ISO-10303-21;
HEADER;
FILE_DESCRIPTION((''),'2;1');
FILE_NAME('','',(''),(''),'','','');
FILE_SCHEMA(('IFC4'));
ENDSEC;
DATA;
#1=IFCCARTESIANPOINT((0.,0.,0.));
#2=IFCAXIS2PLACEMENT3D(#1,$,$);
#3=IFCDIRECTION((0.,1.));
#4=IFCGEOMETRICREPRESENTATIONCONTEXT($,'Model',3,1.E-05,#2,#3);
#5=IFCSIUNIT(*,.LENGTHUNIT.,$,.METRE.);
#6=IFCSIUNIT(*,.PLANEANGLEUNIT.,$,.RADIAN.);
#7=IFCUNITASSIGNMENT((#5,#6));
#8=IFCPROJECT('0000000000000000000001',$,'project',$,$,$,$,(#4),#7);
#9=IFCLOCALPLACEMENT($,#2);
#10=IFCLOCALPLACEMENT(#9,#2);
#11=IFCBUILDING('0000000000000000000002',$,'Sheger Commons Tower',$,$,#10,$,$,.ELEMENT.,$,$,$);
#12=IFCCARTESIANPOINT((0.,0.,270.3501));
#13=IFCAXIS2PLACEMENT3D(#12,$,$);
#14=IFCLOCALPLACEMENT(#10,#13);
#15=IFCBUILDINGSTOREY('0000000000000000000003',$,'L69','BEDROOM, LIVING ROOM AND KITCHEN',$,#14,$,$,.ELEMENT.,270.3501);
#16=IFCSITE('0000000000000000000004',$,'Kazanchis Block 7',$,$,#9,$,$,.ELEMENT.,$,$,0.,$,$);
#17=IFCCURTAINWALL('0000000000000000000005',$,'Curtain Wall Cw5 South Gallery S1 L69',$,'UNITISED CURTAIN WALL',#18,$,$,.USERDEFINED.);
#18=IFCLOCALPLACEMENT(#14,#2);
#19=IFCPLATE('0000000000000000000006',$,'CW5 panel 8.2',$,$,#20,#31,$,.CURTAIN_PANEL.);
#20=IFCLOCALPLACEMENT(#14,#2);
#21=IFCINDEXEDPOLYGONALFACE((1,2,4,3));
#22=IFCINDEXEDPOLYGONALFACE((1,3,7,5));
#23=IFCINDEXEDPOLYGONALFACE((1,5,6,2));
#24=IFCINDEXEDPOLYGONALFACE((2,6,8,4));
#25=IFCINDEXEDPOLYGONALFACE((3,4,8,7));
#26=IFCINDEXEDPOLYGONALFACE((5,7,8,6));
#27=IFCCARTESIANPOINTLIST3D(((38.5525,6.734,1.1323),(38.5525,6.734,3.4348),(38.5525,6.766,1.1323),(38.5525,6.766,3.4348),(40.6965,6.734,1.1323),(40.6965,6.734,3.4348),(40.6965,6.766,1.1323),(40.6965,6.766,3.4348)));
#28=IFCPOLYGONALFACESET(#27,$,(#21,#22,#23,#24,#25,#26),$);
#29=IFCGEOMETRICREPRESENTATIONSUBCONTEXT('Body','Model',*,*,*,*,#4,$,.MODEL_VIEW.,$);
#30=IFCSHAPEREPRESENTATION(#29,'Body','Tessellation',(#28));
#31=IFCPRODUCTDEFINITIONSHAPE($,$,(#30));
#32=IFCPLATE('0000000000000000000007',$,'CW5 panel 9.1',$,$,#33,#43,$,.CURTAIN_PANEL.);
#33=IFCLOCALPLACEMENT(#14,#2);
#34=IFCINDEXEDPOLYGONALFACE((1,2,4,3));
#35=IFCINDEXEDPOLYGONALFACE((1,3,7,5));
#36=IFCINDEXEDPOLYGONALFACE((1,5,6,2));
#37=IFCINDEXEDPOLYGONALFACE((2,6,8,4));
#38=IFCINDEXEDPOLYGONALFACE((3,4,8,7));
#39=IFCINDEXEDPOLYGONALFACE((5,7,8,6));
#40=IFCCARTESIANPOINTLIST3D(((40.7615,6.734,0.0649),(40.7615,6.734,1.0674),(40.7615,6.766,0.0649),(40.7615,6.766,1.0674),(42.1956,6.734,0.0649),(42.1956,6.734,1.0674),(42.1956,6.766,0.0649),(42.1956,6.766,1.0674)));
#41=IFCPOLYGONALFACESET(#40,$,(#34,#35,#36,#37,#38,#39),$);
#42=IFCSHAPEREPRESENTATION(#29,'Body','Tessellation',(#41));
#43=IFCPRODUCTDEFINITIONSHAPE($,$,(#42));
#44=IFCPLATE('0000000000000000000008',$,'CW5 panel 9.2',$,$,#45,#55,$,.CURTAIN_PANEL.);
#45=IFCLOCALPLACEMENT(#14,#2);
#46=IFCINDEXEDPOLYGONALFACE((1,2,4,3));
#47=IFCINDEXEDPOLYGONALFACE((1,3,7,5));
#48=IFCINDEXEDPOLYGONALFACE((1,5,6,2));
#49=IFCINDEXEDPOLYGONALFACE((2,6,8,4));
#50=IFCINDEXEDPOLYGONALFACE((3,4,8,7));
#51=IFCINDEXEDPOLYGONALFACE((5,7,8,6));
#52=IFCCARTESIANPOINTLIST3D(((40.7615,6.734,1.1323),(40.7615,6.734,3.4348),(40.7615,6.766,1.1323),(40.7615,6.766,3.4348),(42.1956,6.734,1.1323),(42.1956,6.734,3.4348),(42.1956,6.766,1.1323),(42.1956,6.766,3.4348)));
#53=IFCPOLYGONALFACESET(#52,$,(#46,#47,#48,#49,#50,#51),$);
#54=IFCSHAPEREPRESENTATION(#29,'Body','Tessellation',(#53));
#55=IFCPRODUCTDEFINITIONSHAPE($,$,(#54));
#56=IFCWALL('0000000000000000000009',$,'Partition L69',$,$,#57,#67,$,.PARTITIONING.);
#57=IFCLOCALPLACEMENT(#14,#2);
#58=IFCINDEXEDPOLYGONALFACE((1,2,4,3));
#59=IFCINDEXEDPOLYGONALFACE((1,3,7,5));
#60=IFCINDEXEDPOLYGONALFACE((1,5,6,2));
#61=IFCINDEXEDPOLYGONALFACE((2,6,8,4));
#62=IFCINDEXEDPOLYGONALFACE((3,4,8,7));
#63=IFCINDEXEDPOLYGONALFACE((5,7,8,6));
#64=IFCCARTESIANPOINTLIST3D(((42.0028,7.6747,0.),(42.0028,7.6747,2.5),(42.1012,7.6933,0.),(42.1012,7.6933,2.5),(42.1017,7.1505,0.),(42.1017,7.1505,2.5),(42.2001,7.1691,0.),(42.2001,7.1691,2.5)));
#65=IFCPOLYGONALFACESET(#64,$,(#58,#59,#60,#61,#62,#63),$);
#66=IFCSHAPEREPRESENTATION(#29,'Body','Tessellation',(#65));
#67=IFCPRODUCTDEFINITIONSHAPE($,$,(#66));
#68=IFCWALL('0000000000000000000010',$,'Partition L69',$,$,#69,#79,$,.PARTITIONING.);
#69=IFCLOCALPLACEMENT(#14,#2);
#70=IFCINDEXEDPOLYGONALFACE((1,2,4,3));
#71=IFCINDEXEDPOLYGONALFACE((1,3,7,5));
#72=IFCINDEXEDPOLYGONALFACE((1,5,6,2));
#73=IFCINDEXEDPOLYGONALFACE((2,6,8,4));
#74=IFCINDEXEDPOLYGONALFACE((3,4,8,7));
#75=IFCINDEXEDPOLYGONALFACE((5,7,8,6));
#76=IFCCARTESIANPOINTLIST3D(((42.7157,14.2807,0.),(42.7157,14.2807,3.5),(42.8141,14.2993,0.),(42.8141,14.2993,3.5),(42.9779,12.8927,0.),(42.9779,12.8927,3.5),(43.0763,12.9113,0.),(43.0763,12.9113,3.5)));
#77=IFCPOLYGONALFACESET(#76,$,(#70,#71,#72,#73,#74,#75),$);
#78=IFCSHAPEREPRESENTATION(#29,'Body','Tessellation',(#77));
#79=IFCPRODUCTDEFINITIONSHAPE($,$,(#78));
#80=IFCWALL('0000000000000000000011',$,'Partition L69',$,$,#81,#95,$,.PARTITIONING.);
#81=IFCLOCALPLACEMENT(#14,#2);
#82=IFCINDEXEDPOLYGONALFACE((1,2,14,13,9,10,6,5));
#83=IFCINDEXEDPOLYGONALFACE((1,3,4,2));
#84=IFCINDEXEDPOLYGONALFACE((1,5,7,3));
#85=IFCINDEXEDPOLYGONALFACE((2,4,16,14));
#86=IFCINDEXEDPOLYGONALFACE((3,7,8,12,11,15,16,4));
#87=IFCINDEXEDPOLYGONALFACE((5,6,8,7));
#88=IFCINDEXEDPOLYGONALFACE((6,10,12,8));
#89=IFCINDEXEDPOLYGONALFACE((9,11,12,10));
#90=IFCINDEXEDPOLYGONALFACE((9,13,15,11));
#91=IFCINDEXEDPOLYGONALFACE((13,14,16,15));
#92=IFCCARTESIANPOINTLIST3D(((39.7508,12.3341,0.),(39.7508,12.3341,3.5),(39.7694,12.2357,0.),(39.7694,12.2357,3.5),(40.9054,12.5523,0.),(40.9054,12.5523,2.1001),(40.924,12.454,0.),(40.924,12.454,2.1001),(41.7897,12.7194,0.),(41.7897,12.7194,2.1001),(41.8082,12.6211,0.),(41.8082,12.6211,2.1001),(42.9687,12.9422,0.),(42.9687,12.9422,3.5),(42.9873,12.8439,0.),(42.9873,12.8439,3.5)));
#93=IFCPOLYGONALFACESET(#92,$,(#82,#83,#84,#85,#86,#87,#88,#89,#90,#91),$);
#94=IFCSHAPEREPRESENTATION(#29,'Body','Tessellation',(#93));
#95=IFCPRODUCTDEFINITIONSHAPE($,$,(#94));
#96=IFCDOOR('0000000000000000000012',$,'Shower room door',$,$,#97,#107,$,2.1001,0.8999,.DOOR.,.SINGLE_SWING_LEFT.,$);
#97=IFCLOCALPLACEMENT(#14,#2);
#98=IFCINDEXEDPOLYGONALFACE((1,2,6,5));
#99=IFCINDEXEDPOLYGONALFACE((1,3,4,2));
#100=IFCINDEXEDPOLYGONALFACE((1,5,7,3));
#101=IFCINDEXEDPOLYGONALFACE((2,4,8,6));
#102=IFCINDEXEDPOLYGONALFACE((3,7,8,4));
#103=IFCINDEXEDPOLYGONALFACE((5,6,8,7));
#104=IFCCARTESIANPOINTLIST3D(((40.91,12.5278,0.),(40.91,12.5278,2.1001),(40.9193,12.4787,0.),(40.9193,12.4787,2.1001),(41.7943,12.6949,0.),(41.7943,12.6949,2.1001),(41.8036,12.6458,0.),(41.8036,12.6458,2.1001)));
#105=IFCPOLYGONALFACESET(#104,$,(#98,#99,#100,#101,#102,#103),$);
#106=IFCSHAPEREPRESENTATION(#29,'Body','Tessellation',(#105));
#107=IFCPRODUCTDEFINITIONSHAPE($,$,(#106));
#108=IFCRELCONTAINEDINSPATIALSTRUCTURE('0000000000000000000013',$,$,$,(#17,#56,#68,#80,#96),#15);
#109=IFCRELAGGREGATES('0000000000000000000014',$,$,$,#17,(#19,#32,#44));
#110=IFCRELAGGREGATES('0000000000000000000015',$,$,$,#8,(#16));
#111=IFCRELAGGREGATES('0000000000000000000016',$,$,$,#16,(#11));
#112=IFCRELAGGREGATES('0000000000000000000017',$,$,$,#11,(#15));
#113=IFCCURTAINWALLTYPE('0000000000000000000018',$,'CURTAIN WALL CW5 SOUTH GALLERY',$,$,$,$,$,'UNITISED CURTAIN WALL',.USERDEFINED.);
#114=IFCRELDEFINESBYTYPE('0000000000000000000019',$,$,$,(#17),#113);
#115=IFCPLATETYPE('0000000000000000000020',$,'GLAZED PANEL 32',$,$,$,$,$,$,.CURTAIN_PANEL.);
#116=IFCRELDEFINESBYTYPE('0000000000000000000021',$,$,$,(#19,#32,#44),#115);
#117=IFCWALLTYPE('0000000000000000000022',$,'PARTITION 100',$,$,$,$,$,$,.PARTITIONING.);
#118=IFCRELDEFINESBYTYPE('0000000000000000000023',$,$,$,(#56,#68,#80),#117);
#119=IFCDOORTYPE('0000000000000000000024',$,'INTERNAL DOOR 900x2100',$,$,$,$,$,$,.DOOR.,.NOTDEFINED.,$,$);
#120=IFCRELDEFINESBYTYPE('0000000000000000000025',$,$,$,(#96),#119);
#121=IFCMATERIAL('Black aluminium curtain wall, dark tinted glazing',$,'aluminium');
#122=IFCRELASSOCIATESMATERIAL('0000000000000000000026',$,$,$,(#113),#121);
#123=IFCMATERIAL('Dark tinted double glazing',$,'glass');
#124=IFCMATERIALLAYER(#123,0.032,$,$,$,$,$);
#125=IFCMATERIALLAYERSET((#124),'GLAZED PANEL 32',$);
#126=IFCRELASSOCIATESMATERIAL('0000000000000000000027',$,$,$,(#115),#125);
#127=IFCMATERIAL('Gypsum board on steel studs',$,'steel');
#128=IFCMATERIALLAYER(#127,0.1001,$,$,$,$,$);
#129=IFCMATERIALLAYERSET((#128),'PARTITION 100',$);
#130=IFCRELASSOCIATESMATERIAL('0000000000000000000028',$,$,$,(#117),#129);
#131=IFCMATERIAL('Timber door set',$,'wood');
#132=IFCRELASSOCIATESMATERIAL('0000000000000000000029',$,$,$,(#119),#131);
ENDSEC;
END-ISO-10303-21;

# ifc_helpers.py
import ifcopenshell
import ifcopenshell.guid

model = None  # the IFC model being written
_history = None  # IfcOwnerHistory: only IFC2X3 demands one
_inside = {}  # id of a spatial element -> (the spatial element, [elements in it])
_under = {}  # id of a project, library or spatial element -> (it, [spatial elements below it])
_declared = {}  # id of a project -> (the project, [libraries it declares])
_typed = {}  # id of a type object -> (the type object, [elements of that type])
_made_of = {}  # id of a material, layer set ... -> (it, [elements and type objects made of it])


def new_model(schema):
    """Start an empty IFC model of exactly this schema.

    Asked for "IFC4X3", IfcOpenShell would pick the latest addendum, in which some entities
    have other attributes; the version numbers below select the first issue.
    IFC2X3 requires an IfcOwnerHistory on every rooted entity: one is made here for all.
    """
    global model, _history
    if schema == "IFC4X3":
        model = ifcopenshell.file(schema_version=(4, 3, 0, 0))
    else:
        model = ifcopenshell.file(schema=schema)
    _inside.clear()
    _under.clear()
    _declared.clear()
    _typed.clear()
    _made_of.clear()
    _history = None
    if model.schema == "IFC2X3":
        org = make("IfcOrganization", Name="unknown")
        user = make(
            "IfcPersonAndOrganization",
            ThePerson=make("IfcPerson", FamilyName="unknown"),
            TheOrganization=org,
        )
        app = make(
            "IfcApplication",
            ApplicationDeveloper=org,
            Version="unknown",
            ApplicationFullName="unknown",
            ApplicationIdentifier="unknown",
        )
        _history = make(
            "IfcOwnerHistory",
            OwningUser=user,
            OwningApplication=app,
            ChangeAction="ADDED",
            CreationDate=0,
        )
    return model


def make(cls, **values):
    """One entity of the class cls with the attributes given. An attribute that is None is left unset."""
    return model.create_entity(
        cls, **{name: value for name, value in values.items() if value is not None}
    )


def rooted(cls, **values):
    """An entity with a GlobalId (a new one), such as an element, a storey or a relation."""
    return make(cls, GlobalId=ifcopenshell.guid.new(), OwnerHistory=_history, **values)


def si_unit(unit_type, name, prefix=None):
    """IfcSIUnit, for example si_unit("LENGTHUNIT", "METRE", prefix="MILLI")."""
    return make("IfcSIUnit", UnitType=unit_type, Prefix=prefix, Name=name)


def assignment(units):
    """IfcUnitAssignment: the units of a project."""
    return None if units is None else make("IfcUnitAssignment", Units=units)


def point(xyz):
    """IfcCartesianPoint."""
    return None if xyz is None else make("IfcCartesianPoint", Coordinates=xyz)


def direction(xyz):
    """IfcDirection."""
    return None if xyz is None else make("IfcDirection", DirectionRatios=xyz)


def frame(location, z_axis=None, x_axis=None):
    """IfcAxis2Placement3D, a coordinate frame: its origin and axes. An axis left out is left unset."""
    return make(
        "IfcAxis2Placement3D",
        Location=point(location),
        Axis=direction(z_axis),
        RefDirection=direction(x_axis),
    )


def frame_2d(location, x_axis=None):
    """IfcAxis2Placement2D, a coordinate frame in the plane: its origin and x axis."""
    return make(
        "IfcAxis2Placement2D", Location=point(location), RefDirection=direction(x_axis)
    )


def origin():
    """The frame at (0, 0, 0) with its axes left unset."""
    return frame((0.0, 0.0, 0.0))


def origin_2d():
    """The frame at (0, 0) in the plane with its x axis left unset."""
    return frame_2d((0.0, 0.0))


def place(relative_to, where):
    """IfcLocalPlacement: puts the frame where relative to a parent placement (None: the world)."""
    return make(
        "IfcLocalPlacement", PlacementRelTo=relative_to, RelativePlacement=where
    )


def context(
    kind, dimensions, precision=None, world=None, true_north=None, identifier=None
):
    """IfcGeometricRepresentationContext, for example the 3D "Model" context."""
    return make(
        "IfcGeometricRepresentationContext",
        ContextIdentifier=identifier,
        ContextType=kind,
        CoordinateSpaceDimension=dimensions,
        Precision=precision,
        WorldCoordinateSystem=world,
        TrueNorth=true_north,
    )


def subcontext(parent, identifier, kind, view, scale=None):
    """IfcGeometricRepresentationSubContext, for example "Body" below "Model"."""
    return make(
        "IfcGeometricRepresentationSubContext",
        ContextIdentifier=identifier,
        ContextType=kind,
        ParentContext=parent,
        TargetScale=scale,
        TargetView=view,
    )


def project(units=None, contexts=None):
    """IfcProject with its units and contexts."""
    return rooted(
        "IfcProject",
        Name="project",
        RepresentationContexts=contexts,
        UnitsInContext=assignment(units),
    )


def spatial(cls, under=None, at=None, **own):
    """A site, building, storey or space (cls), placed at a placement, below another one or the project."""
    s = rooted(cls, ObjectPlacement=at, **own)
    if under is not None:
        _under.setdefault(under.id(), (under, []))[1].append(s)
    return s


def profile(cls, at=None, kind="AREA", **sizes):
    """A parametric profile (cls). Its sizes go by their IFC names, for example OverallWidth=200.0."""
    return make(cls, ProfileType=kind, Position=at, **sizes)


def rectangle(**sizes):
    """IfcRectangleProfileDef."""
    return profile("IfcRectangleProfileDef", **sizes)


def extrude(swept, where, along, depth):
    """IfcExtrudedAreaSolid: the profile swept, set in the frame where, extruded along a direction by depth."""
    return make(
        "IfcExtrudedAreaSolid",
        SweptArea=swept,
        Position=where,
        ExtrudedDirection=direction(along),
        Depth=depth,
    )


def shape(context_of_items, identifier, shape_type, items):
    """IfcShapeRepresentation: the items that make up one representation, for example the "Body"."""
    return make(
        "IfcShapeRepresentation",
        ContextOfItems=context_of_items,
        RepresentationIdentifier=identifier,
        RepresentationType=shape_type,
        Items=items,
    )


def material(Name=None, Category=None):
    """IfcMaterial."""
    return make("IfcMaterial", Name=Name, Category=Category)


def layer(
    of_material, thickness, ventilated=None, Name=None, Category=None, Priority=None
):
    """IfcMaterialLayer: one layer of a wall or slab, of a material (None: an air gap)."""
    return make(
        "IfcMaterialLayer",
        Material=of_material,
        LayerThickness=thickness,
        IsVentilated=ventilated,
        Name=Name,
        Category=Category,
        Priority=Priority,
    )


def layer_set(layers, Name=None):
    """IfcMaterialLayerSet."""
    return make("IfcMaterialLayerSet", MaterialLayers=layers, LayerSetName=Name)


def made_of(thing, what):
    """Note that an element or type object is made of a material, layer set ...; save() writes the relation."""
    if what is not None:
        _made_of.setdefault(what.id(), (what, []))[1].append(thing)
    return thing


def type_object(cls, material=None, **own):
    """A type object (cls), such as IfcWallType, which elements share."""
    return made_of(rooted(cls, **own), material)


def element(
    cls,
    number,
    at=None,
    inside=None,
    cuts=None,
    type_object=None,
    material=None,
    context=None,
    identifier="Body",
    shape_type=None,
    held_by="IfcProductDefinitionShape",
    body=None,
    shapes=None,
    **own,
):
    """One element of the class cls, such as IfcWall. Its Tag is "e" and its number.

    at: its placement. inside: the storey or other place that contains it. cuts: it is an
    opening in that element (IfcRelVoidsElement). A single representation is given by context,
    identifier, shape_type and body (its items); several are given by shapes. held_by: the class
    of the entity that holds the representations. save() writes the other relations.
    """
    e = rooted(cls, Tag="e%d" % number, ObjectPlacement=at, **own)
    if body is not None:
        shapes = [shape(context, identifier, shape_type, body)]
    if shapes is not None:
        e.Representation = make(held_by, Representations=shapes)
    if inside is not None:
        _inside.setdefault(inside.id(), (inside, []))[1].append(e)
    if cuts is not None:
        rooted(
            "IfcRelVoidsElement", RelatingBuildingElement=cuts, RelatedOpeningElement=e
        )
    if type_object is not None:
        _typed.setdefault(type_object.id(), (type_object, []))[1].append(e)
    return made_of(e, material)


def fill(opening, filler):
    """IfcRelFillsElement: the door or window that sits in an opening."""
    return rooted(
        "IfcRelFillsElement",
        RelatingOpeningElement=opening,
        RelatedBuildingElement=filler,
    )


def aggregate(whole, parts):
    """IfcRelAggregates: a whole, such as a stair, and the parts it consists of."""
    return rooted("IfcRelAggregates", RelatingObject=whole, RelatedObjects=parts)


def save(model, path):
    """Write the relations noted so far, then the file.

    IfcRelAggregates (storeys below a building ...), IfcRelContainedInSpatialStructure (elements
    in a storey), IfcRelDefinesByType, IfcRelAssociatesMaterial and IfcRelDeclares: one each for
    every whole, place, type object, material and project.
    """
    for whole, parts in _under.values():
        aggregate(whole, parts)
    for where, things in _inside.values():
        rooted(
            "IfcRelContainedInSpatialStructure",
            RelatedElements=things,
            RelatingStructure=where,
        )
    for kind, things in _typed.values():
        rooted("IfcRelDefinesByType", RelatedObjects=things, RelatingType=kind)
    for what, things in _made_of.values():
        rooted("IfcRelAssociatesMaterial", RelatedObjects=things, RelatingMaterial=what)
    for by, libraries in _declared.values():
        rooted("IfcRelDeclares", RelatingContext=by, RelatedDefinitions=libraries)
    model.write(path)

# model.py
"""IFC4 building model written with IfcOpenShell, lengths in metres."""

from ifc_helpers import new_model, si_unit, direction, frame, frame_2d, origin, origin_2d, place, context, subcontext, project, spatial, rectangle, extrude, material, layer, layer_set, type_object, element, fill, aggregate, save


model = new_model("IFC4")

# Units and contexts
model_context = context("Model", 3, precision=1e-05, world=origin(), true_north=direction((0.0, 1.0)))
body_context = subcontext(model_context, "Body", "Model", "MODEL_VIEW")
ifc_project = project(units=[si_unit("LENGTHUNIT", "METRE"), si_unit("PLANEANGLEUNIT", "RADIAN")], contexts=[model_context])

# Site, building, storey
site_placement = place(None, origin())
site = spatial("IfcSite", under=ifc_project, at=site_placement, Name="Kazanchis Block 7", CompositionType="ELEMENT", RefElevation=0.0)
building_placement = place(site_placement, origin())
building = spatial("IfcBuilding", under=site, at=building_placement, Name="Sheger Commons Tower", CompositionType="ELEMENT")
storey_placement = place(building_placement, frame((0.0, 0.0, 270.3501)))
storey = spatial("IfcBuildingStorey", under=building, at=storey_placement, Name="L69", Description="BEDROOM, LIVING ROOM AND KITCHEN", CompositionType="ELEMENT", Elevation=270.3501)

# Curtain wall, plates
ifc_material_1 = material(Name="Black aluminium curtain wall, dark tinted glazing", Category="aluminium")
curtain_wall_type = type_object("IfcCurtainWallType", Name="CURTAIN WALL CW5 SOUTH GALLERY", ElementType="UNITISED CURTAIN WALL", PredefinedType="USERDEFINED", material=ifc_material_1)
curtain_wall_placement = place(storey_placement, origin())
curtain_wall = element("IfcCurtainWall", 1, at=curtain_wall_placement, inside=storey, type_object=curtain_wall_type, Name="Curtain Wall Cw5 South Gallery S1 L69", ObjectType="UNITISED CURTAIN WALL", PredefinedType="USERDEFINED")
ifc_material_2 = material(Name="Dark tinted double glazing", Category="glass")
ifc_layer_1 = layer(ifc_material_2, 0.032)
ifc_layer_set_1 = layer_set([ifc_layer_1], Name="GLAZED PANEL 32")
plate_type = type_object("IfcPlateType", Name="GLAZED PANEL 32", PredefinedType="CURTAIN_PANEL", material=ifc_layer_set_1)
plate_1_placement = place(storey_placement, frame((39.6245, 6.75, 1.1323), z_axis=(0.0, 0.0, 1.0), x_axis=(1.0, 0.0, 0.0)))
plate_1 = element("IfcPlate", 2, at=plate_1_placement, type_object=plate_type, Name="CW5 panel 8.2", PredefinedType="CURTAIN_PANEL", context=body_context, shape_type="SweptSolid", body=[
    extrude(rectangle(XDim=2.144, YDim=0.032, at=origin_2d()), origin(), (0.0, 0.0, 1.0), 2.3025),
])
plate_2_placement = place(storey_placement, frame((41.4785, 6.75, 0.0649), z_axis=(0.0, 0.0, 1.0), x_axis=(1.0, 0.0, 0.0)))
plate_2 = element("IfcPlate", 3, at=plate_2_placement, type_object=plate_type, Name="CW5 panel 9.1", PredefinedType="CURTAIN_PANEL", context=body_context, shape_type="SweptSolid", body=[
    extrude(rectangle(XDim=1.4341, YDim=0.032, at=origin_2d()), origin(), (0.0, 0.0, 1.0), 1.0024),
])
plate_3_placement = place(storey_placement, frame((41.4785, 6.75, 1.1323), z_axis=(0.0, 0.0, 1.0), x_axis=(1.0, 0.0, 0.0)))
plate_3 = element("IfcPlate", 4, at=plate_3_placement, type_object=plate_type, Name="CW5 panel 9.2", PredefinedType="CURTAIN_PANEL", context=body_context, shape_type="SweptSolid", body=[
    extrude(rectangle(XDim=1.4341, YDim=0.032, at=origin_2d()), origin(), (0.0, 0.0, 1.0), 2.3025),
])
aggregate(curtain_wall, [plate_1, plate_2, plate_3])

# Walls
ifc_material_3 = material(Name="Gypsum board on steel studs", Category="steel")
ifc_layer_2 = layer(ifc_material_3, 0.1001)
ifc_layer_set_2 = layer_set([ifc_layer_2], Name="PARTITION 100")
wall_type = type_object("IfcWallType", Name="PARTITION 100", PredefinedType="PARTITIONING", material=ifc_layer_set_2)
wall_1_placement = place(storey_placement, frame((42.1509, 7.1599, 0.0), z_axis=(0.0, 0.0, 1.0), x_axis=(-0.185366, 0.98267, 0.0)))
element("IfcWall", 5, at=wall_1_placement, inside=storey, type_object=wall_type, Name="Partition L69", PredefinedType="PARTITIONING", context=body_context, shape_type="SweptSolid", body=[
    extrude(rectangle(XDim=0.5334, YDim=0.1001, at=frame_2d((0.2666, 0.0))), origin(), (0.0, 0.0, 1.0), 2.5),
])
wall_2_placement = place(storey_placement, frame((42.7649, 14.29, 0.0), z_axis=(0.0, 0.0, 1.0), x_axis=(0.185635, -0.982619, 0.0)))
element("IfcWall", 6, at=wall_2_placement, inside=storey, type_object=wall_type, Name="Partition L69", PredefinedType="PARTITIONING", context=body_context, shape_type="SweptSolid", body=[
    extrude(rectangle(XDim=1.4126, YDim=0.1001, at=frame_2d((0.7063, 0.0))), origin(), (0.0, 0.0, 1.0), 3.5),
])

# Wall, opening, door
wall_3_placement = place(storey_placement, frame((42.978, 12.8931, 0.0), z_axis=(0.0, 0.0, 1.0), x_axis=(-0.982607, -0.185697, 0.0)))
wall_3 = element("IfcWall", 7, at=wall_3_placement, inside=storey, type_object=wall_type, Name="Partition L69", PredefinedType="PARTITIONING", context=body_context, shape_type="SweptSolid", body=[
    extrude(rectangle(XDim=3.2749, YDim=0.1001, at=frame_2d((1.6375, 0.0))), origin(), (0.0, 0.0, 1.0), 3.5),
])
opening_placement = place(wall_3_placement, frame((1.2, 0.0, 0.0)))
opening = element("IfcOpeningElement", 8, at=opening_placement, cuts=wall_3, PredefinedType="OPENING", context=body_context, shape_type="SweptSolid", body=[
    extrude(rectangle(XDim=0.8999, YDim=2.1001, at=frame_2d((0.45, 1.05))), frame((0.0, 0.0601, 0.0), z_axis=(0.0, -1.0, 0.0), x_axis=(1.0, 0.0, 0.0)), (0.0, 0.0, 1.0), 0.1201),
])
ifc_material_4 = material(Name="Timber door set", Category="wood")
door_type = type_object("IfcDoorType", Name="INTERNAL DOOR 900x2100", OperationType="NOTDEFINED", PredefinedType="DOOR", material=ifc_material_4)
door_placement = place(opening_placement, origin())
door = element("IfcDoor", 9, at=door_placement, inside=storey, type_object=door_type, Name="Shower room door", OperationType="SINGLE_SWING_LEFT", OverallHeight=2.1001, OverallWidth=0.8999, PredefinedType="DOOR", context=body_context, shape_type="SweptSolid", body=[
    extrude(rectangle(XDim=0.8999, YDim=2.1001, at=frame_2d((0.45, 1.05))), frame((0.0, 0.0249, 0.0), z_axis=(0.0, -1.0, 0.0), x_axis=(1.0, 0.0, 0.0)), (0.0, 0.0, 1.0), 0.05),
])
fill(opening, door)

save(model, "model.ifc")
